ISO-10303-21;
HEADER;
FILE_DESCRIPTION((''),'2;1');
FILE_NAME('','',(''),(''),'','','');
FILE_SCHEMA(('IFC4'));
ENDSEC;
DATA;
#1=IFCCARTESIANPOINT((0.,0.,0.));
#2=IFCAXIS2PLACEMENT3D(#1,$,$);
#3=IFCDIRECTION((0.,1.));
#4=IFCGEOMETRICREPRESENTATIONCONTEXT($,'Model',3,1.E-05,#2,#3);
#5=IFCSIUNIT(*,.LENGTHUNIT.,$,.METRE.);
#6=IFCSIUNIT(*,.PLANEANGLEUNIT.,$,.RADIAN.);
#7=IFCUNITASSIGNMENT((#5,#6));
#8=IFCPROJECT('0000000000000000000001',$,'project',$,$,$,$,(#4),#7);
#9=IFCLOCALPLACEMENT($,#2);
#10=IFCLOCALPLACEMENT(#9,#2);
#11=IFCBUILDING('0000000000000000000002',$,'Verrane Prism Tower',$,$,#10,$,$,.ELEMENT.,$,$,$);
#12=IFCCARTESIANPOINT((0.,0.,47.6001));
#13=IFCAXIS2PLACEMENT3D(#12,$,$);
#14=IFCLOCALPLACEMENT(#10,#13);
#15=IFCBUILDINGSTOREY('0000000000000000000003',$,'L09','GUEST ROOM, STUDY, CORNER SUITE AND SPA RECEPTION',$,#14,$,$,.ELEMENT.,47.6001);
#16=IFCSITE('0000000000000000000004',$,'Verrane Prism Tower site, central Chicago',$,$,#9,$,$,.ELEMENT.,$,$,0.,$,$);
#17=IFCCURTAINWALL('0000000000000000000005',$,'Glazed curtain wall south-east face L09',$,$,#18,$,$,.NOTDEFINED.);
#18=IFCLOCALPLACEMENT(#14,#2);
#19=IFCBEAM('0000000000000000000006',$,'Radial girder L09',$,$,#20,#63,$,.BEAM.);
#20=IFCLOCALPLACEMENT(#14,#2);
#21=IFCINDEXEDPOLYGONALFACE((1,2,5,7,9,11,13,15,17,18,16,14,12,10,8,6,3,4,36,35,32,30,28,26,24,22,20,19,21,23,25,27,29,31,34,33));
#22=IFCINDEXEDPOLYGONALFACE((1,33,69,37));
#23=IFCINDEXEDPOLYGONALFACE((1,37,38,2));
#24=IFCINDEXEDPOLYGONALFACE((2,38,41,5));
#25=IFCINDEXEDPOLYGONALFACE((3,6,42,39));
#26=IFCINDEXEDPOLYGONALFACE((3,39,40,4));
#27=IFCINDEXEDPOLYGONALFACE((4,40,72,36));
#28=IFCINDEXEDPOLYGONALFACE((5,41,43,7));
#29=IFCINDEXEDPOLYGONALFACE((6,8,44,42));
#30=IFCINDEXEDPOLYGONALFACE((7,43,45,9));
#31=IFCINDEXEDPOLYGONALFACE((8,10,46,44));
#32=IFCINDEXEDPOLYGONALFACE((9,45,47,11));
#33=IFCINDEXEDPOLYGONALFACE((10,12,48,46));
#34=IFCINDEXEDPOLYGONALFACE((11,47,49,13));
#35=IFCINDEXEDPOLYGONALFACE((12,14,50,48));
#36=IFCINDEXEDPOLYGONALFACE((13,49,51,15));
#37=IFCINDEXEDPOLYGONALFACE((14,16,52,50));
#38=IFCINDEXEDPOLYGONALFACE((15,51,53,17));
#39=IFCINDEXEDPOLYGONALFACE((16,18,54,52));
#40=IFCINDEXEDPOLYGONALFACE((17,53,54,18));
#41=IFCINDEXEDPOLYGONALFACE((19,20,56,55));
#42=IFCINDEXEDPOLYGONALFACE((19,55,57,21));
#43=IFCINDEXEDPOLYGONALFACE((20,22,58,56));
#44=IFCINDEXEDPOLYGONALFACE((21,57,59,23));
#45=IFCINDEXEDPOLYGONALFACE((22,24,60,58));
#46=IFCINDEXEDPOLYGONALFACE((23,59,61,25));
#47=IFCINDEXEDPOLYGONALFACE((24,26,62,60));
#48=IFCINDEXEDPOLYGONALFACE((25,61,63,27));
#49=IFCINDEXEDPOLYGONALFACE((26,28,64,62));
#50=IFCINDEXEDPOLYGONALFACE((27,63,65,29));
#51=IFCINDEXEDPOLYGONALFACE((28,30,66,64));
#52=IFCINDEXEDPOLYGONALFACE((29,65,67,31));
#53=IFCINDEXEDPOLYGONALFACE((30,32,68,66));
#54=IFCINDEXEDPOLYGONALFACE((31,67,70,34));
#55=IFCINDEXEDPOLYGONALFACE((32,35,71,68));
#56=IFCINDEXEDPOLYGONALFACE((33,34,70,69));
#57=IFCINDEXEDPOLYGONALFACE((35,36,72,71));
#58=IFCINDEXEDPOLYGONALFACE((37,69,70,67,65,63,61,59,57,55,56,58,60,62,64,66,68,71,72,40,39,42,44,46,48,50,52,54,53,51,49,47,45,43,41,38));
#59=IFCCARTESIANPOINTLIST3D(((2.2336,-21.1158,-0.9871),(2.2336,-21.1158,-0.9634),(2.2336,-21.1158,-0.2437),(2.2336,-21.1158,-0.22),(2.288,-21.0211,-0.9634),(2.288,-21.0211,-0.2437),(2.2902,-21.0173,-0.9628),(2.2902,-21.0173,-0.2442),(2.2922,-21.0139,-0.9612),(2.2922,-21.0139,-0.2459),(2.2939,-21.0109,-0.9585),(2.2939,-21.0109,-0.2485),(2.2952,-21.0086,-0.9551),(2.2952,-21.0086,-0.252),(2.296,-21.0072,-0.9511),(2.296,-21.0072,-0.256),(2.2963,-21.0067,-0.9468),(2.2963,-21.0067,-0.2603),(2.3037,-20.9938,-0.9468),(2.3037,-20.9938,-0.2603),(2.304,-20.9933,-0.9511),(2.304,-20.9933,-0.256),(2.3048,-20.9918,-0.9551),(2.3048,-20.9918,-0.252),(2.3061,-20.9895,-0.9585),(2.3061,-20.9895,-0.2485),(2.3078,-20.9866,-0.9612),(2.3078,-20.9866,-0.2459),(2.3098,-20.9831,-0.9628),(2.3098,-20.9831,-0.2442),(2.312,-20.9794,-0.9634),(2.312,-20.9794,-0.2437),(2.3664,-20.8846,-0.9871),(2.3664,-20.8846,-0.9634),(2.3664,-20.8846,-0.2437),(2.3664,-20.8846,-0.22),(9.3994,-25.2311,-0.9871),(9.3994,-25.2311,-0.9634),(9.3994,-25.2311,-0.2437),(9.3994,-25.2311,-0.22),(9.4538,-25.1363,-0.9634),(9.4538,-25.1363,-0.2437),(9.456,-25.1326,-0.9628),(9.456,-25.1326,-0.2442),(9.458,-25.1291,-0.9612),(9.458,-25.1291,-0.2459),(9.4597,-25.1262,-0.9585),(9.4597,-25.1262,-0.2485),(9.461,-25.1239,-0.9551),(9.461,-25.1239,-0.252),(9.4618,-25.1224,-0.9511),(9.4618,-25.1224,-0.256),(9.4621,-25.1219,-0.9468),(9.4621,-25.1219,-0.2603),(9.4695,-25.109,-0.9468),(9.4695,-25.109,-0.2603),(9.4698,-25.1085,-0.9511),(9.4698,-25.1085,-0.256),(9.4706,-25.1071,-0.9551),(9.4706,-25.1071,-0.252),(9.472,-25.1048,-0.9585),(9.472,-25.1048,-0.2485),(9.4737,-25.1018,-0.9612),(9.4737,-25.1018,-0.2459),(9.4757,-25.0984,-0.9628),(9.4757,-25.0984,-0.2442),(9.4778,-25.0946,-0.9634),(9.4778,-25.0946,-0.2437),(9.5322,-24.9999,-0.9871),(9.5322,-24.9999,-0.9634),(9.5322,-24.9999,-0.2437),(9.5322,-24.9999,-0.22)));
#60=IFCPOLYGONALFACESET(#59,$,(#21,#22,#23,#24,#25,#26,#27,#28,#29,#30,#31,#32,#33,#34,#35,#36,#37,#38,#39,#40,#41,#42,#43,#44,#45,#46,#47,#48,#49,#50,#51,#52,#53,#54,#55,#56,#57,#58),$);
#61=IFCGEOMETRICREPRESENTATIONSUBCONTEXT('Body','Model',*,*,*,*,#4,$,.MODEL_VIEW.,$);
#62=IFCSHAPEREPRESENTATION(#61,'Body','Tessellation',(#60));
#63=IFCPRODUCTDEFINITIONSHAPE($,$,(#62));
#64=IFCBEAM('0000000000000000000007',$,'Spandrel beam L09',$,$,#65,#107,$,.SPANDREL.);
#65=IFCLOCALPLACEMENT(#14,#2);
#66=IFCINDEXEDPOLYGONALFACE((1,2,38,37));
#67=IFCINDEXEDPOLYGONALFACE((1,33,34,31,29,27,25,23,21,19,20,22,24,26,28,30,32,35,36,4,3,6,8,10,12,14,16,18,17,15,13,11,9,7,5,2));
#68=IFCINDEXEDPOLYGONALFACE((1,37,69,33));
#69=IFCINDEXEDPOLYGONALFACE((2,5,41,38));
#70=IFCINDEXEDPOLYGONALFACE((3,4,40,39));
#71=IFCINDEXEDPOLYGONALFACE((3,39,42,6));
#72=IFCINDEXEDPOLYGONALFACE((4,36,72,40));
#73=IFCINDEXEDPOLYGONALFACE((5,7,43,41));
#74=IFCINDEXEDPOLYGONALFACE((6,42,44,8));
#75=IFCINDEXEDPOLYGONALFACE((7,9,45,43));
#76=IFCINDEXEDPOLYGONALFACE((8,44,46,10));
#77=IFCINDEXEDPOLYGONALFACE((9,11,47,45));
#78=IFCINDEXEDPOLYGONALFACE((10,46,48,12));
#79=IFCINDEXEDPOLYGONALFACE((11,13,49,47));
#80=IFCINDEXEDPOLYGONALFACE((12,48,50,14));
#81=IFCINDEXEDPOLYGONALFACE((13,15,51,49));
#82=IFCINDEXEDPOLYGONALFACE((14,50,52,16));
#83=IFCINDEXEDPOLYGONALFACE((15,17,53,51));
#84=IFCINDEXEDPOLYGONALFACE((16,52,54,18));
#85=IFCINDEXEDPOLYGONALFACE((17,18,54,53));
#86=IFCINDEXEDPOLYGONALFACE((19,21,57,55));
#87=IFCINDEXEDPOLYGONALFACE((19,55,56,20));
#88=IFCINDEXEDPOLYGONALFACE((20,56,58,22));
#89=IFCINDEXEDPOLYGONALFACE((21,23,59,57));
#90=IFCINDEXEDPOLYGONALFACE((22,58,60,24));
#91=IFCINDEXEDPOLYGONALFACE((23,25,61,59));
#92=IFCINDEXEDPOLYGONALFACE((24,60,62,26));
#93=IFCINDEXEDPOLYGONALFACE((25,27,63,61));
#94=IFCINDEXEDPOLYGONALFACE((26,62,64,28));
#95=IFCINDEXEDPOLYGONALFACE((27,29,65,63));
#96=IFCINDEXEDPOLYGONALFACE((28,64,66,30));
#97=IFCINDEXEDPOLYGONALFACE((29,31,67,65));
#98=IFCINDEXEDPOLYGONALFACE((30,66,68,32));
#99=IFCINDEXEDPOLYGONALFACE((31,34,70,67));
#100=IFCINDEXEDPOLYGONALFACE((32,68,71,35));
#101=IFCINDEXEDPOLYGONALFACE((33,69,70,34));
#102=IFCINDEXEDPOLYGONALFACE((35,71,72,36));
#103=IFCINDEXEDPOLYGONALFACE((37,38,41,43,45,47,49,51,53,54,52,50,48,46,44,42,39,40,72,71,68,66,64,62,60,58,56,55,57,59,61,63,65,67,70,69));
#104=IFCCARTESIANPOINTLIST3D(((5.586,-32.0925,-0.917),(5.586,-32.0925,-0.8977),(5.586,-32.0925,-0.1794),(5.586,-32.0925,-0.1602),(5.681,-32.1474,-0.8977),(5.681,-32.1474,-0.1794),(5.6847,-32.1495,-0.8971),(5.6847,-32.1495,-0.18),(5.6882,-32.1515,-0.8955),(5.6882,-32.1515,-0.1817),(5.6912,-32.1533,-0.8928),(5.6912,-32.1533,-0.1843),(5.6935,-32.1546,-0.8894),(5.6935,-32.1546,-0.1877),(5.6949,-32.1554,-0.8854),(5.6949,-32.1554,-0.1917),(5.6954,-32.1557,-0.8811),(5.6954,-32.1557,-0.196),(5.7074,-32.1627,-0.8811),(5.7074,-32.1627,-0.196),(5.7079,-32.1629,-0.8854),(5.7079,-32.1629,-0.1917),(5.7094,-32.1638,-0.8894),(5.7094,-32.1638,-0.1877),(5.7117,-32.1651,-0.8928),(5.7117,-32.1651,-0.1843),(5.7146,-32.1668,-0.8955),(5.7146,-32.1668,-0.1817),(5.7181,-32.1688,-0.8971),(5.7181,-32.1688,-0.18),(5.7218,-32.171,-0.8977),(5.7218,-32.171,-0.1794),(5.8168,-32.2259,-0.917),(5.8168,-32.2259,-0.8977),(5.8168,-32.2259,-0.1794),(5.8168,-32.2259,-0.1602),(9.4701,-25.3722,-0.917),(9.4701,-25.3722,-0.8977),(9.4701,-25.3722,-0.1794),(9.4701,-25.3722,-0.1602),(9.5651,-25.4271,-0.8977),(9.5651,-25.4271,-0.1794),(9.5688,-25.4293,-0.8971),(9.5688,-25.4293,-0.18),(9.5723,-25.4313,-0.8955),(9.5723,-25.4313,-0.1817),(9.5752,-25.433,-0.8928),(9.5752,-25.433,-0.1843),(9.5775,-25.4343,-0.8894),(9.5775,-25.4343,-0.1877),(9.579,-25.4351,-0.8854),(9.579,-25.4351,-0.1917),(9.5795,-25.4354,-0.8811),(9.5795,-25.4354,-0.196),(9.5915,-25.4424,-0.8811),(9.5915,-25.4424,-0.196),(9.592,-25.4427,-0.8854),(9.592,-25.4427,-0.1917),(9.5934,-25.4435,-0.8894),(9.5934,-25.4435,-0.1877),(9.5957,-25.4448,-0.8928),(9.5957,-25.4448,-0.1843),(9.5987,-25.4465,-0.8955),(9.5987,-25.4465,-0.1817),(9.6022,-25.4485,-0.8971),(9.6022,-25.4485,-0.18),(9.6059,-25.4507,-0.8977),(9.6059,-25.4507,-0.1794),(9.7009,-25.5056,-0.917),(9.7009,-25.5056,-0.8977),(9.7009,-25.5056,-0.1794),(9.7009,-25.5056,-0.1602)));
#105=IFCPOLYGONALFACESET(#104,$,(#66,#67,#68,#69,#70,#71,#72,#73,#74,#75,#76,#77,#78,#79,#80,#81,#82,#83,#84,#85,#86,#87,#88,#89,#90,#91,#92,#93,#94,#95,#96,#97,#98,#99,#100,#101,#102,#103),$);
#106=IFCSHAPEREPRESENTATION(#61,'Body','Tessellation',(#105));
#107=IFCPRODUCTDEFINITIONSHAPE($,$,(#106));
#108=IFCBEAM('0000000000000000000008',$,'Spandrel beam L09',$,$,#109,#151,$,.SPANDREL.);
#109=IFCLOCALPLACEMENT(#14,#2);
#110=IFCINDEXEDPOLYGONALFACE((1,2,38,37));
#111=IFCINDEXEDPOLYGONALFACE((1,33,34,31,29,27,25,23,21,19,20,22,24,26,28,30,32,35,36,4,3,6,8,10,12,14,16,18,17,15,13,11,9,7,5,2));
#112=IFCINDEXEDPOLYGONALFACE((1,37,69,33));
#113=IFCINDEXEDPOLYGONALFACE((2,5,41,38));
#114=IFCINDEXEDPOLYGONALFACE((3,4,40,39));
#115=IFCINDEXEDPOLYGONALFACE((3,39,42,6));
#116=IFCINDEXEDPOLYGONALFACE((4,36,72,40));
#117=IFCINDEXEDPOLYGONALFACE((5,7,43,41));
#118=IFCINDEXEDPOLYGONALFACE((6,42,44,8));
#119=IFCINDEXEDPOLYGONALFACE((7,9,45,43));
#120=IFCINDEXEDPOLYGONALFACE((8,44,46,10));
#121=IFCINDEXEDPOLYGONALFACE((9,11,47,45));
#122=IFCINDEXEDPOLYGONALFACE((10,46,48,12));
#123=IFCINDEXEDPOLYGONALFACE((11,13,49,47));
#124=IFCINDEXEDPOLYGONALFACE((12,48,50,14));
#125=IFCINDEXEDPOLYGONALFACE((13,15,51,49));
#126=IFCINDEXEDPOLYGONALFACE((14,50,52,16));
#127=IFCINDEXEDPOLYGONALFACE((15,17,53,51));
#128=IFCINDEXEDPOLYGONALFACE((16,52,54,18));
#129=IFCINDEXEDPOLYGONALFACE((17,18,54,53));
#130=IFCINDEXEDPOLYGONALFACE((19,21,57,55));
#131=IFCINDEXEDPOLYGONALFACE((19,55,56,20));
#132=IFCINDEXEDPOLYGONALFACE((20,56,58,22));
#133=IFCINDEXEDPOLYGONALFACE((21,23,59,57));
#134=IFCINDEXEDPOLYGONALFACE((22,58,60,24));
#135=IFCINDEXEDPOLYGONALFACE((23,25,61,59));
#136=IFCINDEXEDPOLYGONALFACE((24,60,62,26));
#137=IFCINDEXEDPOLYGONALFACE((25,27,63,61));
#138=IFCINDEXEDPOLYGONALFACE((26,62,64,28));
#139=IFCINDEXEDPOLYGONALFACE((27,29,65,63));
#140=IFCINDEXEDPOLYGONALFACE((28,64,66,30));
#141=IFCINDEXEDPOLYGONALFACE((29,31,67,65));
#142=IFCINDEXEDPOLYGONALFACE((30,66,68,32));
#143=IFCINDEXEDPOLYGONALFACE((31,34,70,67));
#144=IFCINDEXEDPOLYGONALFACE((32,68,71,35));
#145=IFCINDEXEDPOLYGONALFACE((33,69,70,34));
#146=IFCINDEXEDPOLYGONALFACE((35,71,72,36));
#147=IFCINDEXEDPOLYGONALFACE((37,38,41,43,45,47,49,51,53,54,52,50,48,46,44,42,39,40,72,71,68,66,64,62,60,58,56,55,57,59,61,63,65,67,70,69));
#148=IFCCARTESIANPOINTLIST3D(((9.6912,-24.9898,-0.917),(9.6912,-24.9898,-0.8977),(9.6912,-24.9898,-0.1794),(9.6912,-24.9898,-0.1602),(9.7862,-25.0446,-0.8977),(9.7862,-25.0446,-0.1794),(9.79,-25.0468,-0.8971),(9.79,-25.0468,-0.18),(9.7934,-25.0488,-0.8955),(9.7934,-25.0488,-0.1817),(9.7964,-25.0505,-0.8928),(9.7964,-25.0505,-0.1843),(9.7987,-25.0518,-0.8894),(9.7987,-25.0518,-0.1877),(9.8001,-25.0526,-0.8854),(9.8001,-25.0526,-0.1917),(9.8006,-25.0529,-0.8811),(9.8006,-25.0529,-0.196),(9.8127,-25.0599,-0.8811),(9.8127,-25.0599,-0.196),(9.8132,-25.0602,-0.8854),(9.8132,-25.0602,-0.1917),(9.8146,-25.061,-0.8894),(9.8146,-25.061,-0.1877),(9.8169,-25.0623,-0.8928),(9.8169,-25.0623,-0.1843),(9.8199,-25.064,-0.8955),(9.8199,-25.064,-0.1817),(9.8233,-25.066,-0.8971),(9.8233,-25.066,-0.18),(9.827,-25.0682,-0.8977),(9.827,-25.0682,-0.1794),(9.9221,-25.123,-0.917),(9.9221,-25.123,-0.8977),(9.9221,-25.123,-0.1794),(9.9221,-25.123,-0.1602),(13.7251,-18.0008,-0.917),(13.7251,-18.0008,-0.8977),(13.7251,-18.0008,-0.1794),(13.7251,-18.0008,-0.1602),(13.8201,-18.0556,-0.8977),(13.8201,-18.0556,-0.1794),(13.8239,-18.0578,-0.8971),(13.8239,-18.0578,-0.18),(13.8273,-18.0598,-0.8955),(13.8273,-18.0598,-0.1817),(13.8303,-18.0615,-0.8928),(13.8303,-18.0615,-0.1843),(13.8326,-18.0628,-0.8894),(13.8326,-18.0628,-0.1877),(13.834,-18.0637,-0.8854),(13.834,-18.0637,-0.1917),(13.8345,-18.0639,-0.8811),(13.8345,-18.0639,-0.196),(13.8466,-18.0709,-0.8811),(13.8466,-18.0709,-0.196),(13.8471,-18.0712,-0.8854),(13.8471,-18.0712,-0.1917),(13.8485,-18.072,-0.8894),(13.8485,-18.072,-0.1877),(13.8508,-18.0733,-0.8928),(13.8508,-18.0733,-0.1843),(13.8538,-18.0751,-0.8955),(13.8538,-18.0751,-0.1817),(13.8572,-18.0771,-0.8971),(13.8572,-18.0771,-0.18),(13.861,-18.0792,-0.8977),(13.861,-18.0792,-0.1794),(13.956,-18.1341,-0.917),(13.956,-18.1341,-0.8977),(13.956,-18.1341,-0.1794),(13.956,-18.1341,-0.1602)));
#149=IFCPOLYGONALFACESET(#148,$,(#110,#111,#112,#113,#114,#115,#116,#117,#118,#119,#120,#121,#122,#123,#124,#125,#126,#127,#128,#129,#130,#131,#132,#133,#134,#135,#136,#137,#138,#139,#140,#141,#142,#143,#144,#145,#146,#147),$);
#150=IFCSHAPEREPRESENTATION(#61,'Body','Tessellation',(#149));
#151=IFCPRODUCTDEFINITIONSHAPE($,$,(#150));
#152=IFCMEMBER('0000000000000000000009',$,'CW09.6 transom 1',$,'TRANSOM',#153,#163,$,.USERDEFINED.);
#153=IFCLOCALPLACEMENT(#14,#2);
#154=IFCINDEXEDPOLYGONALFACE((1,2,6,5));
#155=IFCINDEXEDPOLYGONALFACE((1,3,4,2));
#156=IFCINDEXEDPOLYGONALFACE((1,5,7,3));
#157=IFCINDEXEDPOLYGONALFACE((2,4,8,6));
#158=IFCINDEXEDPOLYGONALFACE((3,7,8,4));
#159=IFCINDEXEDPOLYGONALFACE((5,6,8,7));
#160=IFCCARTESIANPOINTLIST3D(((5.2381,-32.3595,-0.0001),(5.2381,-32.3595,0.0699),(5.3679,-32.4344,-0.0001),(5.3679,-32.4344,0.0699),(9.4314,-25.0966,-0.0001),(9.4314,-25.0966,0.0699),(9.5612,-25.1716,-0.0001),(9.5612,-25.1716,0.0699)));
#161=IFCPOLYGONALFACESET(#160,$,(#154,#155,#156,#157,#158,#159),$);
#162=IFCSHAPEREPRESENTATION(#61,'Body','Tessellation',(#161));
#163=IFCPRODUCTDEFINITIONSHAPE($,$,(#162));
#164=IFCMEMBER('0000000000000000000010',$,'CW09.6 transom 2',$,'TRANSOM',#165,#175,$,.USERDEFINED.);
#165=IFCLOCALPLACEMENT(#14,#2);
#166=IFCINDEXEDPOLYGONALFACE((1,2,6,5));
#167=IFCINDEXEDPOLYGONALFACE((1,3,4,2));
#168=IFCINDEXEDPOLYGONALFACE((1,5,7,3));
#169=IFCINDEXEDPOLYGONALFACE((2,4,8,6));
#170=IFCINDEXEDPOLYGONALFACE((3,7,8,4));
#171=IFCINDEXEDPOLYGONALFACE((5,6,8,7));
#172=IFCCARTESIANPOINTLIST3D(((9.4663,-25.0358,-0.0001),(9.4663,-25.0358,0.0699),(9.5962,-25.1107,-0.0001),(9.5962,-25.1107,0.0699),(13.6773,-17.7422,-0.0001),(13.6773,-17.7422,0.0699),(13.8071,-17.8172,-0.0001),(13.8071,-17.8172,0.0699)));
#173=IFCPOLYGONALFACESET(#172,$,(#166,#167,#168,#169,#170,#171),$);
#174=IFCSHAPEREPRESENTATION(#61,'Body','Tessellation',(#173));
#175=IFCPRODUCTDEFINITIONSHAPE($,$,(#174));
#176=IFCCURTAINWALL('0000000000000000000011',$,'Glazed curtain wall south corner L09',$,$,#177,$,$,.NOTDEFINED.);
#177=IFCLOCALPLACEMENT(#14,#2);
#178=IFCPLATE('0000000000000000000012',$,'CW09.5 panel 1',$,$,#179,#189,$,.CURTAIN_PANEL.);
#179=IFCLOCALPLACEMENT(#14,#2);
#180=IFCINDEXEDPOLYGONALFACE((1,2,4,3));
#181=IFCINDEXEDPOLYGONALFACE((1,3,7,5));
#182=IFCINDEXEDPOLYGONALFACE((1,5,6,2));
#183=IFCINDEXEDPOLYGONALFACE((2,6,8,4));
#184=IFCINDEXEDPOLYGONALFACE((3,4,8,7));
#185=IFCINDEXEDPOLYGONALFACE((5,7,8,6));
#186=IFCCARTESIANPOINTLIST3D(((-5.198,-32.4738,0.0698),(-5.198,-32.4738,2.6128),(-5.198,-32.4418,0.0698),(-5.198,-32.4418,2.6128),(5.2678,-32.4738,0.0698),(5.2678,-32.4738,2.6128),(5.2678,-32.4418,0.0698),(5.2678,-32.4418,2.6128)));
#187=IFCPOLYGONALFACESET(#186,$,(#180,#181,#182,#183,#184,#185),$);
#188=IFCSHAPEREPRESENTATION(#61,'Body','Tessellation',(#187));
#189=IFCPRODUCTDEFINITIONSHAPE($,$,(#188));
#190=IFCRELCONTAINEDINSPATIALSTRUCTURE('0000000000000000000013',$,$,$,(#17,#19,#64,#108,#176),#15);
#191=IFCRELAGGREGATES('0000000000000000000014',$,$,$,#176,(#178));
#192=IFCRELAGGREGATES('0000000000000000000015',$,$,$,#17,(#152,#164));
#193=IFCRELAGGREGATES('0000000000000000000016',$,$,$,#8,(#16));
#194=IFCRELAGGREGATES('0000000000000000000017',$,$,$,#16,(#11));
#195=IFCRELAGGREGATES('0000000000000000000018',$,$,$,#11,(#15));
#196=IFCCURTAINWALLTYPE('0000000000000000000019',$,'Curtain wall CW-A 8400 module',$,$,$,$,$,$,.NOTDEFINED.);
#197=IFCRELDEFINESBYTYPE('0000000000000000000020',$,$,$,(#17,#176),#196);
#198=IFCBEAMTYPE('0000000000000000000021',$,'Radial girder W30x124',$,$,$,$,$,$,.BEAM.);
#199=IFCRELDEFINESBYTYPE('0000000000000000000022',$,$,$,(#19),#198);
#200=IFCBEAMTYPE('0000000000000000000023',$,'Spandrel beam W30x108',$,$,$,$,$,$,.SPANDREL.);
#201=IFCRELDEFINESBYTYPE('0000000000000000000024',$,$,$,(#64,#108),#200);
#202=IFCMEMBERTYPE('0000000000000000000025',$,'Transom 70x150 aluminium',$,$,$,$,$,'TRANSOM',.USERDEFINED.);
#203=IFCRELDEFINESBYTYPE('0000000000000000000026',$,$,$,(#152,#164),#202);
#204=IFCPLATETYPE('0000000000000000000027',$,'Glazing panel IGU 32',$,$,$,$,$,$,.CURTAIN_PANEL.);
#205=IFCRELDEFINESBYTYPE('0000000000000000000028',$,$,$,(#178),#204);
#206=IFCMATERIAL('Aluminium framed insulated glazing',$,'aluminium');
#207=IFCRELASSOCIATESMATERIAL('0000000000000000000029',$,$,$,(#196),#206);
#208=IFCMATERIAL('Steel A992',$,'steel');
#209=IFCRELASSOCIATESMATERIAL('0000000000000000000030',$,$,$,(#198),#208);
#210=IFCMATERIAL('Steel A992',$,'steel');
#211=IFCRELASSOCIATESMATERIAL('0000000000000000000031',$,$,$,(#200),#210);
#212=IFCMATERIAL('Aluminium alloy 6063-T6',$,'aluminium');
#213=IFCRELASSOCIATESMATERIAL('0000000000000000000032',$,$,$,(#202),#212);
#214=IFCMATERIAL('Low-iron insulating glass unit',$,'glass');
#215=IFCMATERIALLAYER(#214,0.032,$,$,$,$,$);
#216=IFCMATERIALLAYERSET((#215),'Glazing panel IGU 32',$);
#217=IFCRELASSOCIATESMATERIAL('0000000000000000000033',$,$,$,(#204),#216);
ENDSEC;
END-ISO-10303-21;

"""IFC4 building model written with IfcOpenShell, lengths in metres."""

from ifc_helpers import new_model, si_unit, direction, frame, origin, origin_2d, place, context, subcontext, project, spatial, rectangle, i_section, extrude, material, layer, layer_set, material_profile, profile_set, type_object, element, aggregate, save


model = new_model("IFC4")

# Units and contexts
model_context = context("Model", 3, precision=1e-05, world=origin(), true_north=direction((0.0, 1.0)))
body_context = subcontext(model_context, "Body", "Model", "MODEL_VIEW")
ifc_project = project(units=[si_unit("LENGTHUNIT", "METRE"), si_unit("PLANEANGLEUNIT", "RADIAN")], contexts=[model_context])

# Site, building, storey
site_placement = place(None, origin())
site = spatial("IfcSite", under=ifc_project, at=site_placement, Name="Verrane Prism Tower site, central Chicago", CompositionType="ELEMENT", RefElevation=0.0)
building_placement = place(site_placement, origin())
building = spatial("IfcBuilding", under=site, at=building_placement, Name="Verrane Prism Tower", CompositionType="ELEMENT")
storey_placement = place(building_placement, frame((0.0, 0.0, 47.6001)))
storey = spatial("IfcBuildingStorey", under=building, at=storey_placement, Name="L09", Description="GUEST ROOM, STUDY, CORNER SUITE AND SPA RECEPTION", CompositionType="ELEMENT", Elevation=47.6001)

# Curtain wall
ifc_material_1 = material(Name="Aluminium framed insulated glazing", Category="aluminium")
curtain_wall_type = type_object("IfcCurtainWallType", Name="Curtain wall CW-A 8400 module", PredefinedType="NOTDEFINED", material=ifc_material_1)
curtain_wall_1_placement = place(storey_placement, origin())
curtain_wall_1 = element("IfcCurtainWall", 1, at=curtain_wall_1_placement, inside=storey, type_object=curtain_wall_type, Name="Glazed curtain wall south-east face L09", PredefinedType="NOTDEFINED")

# Beams
ifc_material_2 = material(Name="Steel A992", Category="steel")
ifc_material_profile_1 = material_profile(ifc_material_2, i_section(OverallWidth=0.2666, OverallDepth=0.7671, WebThickness=0.0149, FlangeThickness=0.0237, FilletRadius=0.0166, at=origin_2d()), Name="W30x124")
ifc_profile_set_1 = profile_set([ifc_material_profile_1], Name="Steel A992")
beam_type_1 = type_object("IfcBeamType", Name="Radial girder W30x124", PredefinedType="BEAM", material=ifc_profile_set_1)
beam_1_placement = place(storey_placement, frame((9.4658, -25.1155, -0.6035), z_axis=(-0.867172, 0.498009, 0.0), x_axis=(-0.498009, -0.867172, 0.0)))
element("IfcBeam", 2, at=beam_1_placement, inside=storey, type_object=beam_type_1, Name="Radial girder L09", PredefinedType="BEAM", context=body_context, shape_type="SweptSolid", body=[
    extrude(i_section(OverallWidth=0.2666, OverallDepth=0.7671, WebThickness=0.0149, FlangeThickness=0.0237, FilletRadius=0.0166, at=origin_2d()), origin(), (0.0, 0.0, 1.0), 8.2634),
])
ifc_material_3 = material(Name="Steel A992", Category="steel")
ifc_material_profile_2 = material_profile(ifc_material_3, i_section(OverallWidth=0.2666, OverallDepth=0.7568, WebThickness=0.0139, FlangeThickness=0.0193, FilletRadius=0.0166, at=origin_2d()), Name="W30x108")
ifc_profile_set_2 = profile_set([ifc_material_profile_2], Name="Steel A992")
beam_type_2 = type_object("IfcBeamType", Name="Spandrel beam W30x108", PredefinedType="SPANDREL", material=ifc_profile_set_2)
beam_2_placement = place(storey_placement, frame((5.7014, -32.1592, -0.5386), z_axis=(0.500398, 0.865796, 0.0), x_axis=(-0.865796, 0.500398, 0.0)))
element("IfcBeam", 3, at=beam_2_placement, inside=storey, type_object=beam_type_2, Name="Spandrel beam L09", PredefinedType="SPANDREL", context=body_context, shape_type="SweptSolid", body=[
    extrude(i_section(OverallWidth=0.2666, OverallDepth=0.7568, WebThickness=0.0139, FlangeThickness=0.0193, FilletRadius=0.0166, at=origin_2d()), origin(), (0.0, 0.0, 1.0), 7.762),
])
beam_3_placement = place(storey_placement, frame((9.8066, -25.0564, -0.5386), z_axis=(0.499891, 0.866088, 0.0), x_axis=(-0.866088, 0.499891, 0.0)))
element("IfcBeam", 4, at=beam_3_placement, inside=storey, type_object=beam_type_2, Name="Spandrel beam L09", PredefinedType="SPANDREL", context=body_context, shape_type="SweptSolid", body=[
    extrude(i_section(OverallWidth=0.2666, OverallDepth=0.7568, WebThickness=0.0139, FlangeThickness=0.0193, FilletRadius=0.0166, at=origin_2d()), origin(), (0.0, 0.0, 1.0), 8.0696),
])

# Members
ifc_material_4 = material(Name="Aluminium alloy 6063-T6", Category="aluminium")
ifc_material_profile_3 = material_profile(ifc_material_4, rectangle(XDim=0.1499, YDim=0.0701, at=origin_2d()), Name="Transom 70x150 aluminium")
ifc_profile_set_3 = profile_set([ifc_material_profile_3], Name="Aluminium alloy 6063-T6")
member_type_1 = type_object("IfcMemberType", Name="Transom 70x150 aluminium", ElementType="TRANSOM", PredefinedType="USERDEFINED", material=ifc_profile_set_3)
member_1_placement = place(storey_placement, frame((5.303, -32.397, 0.0349), z_axis=(0.500009, 0.86602, 0.0), x_axis=(-0.86602, 0.500009, 0.0)))
member_1 = element("IfcMember", 5, at=member_1_placement, type_object=member_type_1, Name="CW09.6 transom 1", ObjectType="TRANSOM", PredefinedType="USERDEFINED", context=body_context, shape_type="SweptSolid", body=[
    extrude(rectangle(XDim=0.1499, YDim=0.0701, at=origin_2d()), origin(), (0.0, 0.0, 1.0), 8.3865),
])
member_2_placement = place(storey_placement, frame((9.5312, -25.0732, 0.0349), z_axis=(0.500005, 0.866022, 0.0), x_axis=(-0.866022, 0.500005, 0.0)))
member_2 = element("IfcMember", 6, at=member_2_placement, type_object=member_type_1, Name="CW09.6 transom 2", ObjectType="TRANSOM", PredefinedType="USERDEFINED", context=body_context, shape_type="SweptSolid", body=[
    extrude(rectangle(XDim=0.1499, YDim=0.0701, at=origin_2d()), origin(), (0.0, 0.0, 1.0), 8.4219),
])

# Curtain wall, plate
curtain_wall_2_placement = place(storey_placement, origin())
curtain_wall_2 = element("IfcCurtainWall", 7, at=curtain_wall_2_placement, inside=storey, type_object=curtain_wall_type, Name="Glazed curtain wall south corner L09", PredefinedType="NOTDEFINED")
ifc_material_5 = material(Name="Low-iron insulating glass unit", Category="glass")
ifc_layer_1 = layer(ifc_material_5, 0.032)
ifc_layer_set_1 = layer_set([ifc_layer_1], Name="Glazing panel IGU 32")
plate_type = type_object("IfcPlateType", Name="Glazing panel IGU 32", PredefinedType="CURTAIN_PANEL", material=ifc_layer_set_1)
plate_1_placement = place(storey_placement, frame((0.0349, -32.4578, 0.0698), z_axis=(0.0, 0.0, 1.0), x_axis=(1.0, 0.0, 0.0)))
plate_1 = element("IfcPlate", 8, at=plate_1_placement, type_object=plate_type, Name="CW09.5 panel 1", PredefinedType="CURTAIN_PANEL", context=body_context, shape_type="SweptSolid", body=[
    extrude(rectangle(XDim=10.4658, YDim=0.032, at=origin_2d()), origin(), (0.0, 0.0, 1.0), 2.543),
])
aggregate(curtain_wall_2, [plate_1])

aggregate(curtain_wall_1, [member_1, member_2])

save(model, "model.ifc")
